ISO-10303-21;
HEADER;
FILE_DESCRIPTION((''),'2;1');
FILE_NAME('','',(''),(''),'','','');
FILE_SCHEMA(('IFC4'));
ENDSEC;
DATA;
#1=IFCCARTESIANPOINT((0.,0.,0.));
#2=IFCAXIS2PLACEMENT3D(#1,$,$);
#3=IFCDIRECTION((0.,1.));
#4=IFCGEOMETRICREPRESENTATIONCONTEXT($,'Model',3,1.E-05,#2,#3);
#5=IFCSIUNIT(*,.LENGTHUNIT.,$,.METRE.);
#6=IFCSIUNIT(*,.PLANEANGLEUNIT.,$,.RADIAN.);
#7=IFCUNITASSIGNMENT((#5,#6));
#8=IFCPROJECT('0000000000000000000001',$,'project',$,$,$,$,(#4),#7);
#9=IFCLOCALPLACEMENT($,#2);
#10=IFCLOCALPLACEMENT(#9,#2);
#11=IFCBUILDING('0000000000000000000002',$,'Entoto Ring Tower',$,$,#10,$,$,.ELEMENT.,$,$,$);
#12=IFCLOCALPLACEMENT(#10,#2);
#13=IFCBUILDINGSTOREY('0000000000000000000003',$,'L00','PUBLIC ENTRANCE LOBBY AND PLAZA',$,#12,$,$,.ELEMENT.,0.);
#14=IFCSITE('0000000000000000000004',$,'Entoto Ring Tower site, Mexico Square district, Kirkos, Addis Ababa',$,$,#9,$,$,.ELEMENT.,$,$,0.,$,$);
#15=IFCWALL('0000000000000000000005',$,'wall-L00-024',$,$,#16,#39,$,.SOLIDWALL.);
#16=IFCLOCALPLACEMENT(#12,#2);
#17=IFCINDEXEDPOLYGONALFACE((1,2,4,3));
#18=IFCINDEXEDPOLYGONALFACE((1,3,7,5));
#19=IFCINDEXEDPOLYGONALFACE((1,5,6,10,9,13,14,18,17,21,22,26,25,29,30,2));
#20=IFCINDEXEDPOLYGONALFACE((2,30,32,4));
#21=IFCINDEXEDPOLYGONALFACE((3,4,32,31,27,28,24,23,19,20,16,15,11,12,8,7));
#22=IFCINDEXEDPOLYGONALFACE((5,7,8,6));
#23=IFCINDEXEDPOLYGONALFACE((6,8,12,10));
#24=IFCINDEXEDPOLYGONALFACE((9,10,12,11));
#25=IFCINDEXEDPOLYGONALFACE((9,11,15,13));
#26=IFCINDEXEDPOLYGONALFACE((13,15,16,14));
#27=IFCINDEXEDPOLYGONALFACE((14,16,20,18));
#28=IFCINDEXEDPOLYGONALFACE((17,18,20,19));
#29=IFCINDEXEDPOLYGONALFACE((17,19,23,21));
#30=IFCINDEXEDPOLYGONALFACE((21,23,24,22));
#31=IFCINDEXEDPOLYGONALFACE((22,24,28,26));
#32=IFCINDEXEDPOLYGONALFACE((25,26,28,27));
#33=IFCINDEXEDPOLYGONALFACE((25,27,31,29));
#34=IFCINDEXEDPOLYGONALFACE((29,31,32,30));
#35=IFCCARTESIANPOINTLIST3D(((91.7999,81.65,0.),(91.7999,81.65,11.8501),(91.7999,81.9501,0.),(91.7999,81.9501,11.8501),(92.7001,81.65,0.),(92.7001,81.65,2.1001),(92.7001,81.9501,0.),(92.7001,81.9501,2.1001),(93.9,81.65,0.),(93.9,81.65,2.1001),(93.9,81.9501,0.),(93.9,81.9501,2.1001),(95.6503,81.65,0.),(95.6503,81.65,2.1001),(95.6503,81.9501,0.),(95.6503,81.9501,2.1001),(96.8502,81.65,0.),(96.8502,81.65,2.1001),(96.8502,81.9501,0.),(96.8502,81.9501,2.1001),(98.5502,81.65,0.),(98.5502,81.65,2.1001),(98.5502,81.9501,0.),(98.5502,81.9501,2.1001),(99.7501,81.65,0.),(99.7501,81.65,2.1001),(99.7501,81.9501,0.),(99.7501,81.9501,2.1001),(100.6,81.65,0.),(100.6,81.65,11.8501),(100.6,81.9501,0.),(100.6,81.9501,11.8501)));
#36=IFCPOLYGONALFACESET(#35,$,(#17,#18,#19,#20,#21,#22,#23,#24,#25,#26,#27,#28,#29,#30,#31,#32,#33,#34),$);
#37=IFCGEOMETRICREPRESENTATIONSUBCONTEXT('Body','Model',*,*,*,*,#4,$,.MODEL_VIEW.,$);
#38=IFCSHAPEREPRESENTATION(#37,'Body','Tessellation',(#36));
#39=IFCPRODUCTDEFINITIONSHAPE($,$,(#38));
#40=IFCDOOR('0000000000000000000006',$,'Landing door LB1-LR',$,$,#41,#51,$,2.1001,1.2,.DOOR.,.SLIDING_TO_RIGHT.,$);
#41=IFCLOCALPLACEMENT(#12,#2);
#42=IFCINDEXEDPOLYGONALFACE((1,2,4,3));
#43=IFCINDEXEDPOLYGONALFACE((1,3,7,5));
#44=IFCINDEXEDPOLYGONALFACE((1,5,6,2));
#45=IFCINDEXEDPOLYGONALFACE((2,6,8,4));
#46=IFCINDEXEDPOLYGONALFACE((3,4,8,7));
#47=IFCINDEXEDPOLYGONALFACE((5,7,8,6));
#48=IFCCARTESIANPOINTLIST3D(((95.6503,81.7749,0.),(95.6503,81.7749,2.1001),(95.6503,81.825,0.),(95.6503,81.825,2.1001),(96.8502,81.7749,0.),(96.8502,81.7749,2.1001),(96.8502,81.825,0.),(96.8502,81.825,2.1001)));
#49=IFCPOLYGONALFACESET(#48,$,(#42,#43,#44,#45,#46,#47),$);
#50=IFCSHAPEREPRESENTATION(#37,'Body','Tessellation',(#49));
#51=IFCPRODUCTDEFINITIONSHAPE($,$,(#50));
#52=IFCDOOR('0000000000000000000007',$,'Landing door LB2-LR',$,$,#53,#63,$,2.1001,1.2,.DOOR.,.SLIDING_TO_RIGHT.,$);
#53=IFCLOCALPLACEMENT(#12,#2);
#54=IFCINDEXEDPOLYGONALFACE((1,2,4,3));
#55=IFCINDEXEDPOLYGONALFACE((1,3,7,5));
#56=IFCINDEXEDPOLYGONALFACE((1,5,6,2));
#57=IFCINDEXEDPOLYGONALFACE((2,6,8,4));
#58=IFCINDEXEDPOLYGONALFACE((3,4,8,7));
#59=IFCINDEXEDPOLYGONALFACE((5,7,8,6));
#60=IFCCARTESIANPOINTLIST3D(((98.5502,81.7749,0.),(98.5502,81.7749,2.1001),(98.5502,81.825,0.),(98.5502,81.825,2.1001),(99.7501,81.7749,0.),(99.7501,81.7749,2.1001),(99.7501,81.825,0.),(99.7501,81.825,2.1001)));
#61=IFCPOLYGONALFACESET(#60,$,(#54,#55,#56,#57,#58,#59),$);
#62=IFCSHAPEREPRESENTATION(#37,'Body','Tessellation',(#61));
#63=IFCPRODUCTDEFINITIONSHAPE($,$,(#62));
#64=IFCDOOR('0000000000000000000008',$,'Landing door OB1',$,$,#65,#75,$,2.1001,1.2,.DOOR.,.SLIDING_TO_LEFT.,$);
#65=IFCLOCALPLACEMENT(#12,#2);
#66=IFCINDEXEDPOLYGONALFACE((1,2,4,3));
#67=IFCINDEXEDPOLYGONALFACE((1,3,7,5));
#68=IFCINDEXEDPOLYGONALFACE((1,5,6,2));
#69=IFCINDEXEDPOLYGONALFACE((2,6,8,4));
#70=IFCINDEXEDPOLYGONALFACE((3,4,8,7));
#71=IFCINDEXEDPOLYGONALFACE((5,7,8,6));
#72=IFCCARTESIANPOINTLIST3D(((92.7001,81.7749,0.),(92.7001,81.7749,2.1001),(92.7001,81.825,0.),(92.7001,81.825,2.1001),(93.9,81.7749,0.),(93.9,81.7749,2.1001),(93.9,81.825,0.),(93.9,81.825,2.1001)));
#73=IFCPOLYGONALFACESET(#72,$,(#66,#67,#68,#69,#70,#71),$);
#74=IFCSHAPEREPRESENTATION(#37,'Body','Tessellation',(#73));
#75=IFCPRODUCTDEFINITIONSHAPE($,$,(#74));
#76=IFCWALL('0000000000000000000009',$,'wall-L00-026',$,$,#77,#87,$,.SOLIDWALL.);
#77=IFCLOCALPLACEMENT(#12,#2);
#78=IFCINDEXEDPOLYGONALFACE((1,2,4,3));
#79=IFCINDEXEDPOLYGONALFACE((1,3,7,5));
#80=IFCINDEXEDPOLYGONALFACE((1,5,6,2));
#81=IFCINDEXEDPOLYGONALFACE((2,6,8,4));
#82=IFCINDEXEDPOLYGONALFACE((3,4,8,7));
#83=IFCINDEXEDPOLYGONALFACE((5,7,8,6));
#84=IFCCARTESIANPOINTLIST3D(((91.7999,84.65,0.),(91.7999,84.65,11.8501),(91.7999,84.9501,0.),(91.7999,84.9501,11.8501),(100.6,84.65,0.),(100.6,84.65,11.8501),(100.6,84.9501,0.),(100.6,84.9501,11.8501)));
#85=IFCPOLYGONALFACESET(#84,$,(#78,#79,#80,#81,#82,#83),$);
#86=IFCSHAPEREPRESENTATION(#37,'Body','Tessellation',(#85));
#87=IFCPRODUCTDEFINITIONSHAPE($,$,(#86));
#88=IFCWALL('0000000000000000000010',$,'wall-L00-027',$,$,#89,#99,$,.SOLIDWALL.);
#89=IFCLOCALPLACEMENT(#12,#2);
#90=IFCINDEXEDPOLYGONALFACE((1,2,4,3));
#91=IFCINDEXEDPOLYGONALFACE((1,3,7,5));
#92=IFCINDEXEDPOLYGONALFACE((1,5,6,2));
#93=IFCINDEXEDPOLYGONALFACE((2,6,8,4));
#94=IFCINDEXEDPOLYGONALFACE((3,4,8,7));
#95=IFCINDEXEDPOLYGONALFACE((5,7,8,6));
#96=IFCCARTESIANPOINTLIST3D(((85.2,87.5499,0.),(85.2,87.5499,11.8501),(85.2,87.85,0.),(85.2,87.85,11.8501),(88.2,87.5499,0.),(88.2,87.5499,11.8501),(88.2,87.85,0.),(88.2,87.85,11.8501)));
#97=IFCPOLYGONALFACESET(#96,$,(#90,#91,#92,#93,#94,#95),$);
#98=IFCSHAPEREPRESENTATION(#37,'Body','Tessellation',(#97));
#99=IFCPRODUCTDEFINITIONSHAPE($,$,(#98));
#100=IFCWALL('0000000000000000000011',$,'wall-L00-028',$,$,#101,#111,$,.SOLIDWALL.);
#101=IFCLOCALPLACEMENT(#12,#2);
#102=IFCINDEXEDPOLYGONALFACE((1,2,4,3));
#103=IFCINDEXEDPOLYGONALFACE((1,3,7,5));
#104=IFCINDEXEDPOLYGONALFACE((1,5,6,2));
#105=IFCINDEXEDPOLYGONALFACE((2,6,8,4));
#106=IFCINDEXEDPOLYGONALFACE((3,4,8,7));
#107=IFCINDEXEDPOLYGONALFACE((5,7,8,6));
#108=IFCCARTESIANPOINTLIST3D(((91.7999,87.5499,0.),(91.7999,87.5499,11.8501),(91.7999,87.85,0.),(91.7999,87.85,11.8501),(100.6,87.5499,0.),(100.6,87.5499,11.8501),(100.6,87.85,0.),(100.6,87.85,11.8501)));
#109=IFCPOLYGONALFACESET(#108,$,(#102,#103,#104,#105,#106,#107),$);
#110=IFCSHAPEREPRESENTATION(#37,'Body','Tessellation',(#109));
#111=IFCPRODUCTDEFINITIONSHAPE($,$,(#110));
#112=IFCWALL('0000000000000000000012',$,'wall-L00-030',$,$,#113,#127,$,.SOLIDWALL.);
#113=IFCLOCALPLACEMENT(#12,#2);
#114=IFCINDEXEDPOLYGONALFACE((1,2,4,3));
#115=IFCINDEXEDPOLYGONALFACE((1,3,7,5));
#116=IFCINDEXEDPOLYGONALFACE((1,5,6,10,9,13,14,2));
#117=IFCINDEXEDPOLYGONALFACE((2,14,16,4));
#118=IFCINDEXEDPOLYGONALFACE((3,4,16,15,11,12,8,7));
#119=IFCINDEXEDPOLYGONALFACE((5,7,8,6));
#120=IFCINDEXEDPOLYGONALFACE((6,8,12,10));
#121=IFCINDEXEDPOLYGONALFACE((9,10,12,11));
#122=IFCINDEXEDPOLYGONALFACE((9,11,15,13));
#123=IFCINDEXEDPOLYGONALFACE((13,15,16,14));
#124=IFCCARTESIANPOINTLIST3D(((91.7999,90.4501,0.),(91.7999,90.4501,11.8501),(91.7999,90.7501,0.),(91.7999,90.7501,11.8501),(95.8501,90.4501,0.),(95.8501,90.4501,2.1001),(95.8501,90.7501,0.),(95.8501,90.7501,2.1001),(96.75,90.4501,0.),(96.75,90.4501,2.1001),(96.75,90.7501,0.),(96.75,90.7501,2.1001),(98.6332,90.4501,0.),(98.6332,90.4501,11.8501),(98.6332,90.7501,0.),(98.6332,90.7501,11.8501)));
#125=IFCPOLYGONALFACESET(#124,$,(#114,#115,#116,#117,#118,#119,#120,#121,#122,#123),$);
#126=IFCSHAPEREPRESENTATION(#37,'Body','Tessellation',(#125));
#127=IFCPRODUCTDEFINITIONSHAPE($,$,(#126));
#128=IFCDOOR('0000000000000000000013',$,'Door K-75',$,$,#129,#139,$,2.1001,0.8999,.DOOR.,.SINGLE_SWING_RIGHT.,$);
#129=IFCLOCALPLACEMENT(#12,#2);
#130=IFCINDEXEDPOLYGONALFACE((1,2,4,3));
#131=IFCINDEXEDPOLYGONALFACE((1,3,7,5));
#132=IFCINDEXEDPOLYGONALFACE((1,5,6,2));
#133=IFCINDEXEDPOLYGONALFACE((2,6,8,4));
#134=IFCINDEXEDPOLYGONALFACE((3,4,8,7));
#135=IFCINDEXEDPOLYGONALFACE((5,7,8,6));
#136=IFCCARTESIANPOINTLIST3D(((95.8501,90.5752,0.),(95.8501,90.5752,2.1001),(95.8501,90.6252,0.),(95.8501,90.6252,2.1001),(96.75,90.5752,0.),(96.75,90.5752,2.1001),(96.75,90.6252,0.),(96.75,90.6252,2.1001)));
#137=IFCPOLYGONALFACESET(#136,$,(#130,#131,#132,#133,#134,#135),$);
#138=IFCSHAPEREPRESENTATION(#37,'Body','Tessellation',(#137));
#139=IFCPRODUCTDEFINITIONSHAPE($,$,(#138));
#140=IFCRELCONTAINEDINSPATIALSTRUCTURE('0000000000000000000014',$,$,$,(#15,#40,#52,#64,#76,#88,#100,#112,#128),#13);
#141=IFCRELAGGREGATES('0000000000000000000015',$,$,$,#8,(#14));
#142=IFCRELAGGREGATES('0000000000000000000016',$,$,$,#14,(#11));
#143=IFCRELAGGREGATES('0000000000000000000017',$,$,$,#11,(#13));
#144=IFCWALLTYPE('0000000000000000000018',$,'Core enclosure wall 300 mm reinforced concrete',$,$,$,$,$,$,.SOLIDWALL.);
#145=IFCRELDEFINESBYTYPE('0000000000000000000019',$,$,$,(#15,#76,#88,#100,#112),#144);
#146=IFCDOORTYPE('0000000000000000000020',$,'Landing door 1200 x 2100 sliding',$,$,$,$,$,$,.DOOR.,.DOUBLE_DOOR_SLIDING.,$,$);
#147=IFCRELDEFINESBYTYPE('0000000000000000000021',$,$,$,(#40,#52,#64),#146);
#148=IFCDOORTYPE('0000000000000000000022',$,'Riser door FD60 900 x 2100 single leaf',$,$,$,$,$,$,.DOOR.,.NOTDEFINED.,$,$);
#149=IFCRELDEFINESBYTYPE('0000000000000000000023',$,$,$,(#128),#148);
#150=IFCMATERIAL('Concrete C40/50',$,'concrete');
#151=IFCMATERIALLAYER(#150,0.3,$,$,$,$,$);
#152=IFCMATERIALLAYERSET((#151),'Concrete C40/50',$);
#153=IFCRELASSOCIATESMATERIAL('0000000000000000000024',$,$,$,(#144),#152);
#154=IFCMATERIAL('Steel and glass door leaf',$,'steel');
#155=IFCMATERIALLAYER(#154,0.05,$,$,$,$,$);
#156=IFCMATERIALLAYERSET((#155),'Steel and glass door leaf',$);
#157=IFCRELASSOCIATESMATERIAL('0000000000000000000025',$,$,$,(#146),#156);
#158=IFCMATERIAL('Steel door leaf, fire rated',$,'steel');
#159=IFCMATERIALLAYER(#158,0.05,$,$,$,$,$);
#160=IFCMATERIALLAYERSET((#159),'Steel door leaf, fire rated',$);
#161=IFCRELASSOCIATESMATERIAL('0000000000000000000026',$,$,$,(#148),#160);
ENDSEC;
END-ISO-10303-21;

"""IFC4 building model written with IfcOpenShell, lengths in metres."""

from ifc_helpers import new_model, si_unit, direction, frame, frame_2d, origin, place, context, subcontext, project, spatial, rectangle, extrude, material, layer, layer_set, type_object, element, fill, save


model = new_model("IFC4")

# Units and contexts
model_context = context("Model", 3, precision=1e-05, world=origin(), true_north=direction((0.0, 1.0)))
body_context = subcontext(model_context, "Body", "Model", "MODEL_VIEW")
ifc_project = project(units=[si_unit("LENGTHUNIT", "METRE"), si_unit("PLANEANGLEUNIT", "RADIAN")], contexts=[model_context])

# Site, building, storey
site_placement = place(None, origin())
site = spatial("IfcSite", under=ifc_project, at=site_placement, Name="Entoto Ring Tower site, Mexico Square district, Kirkos, Addis Ababa", CompositionType="ELEMENT", RefElevation=0.0)
building_placement = place(site_placement, origin())
building = spatial("IfcBuilding", under=site, at=building_placement, Name="Entoto Ring Tower", CompositionType="ELEMENT")
storey_placement = place(building_placement, origin())
storey = spatial("IfcBuildingStorey", under=building, at=storey_placement, Name="L00", Description="PUBLIC ENTRANCE LOBBY AND PLAZA", CompositionType="ELEMENT", Elevation=0.0)

# Shared definitions
ifc_material_1 = material(Name="Concrete C40/50", Category="concrete")
ifc_layer_1 = layer(ifc_material_1, 0.3)
ifc_layer_set_1 = layer_set([ifc_layer_1], Name="Concrete C40/50")
wall_type = type_object("IfcWallType", Name="Core enclosure wall 300 mm reinforced concrete", PredefinedType="SOLIDWALL", material=ifc_layer_set_1)

# Shared definitions
ifc_material_2 = material(Name="Steel and glass door leaf", Category="steel")
ifc_layer_2 = layer(ifc_material_2, 0.05)
ifc_layer_set_2 = layer_set([ifc_layer_2], Name="Steel and glass door leaf")
door_type_1 = type_object("IfcDoorType", Name="Landing door 1200 x 2100 sliding", OperationType="DOUBLE_DOOR_SLIDING", PredefinedType="DOOR", material=ifc_layer_set_2)

# Wall, openings, doors
wall_1_placement = place(storey_placement, frame((91.8, 81.8, 0.0), z_axis=(0.0, 0.0, 1.0), x_axis=(1.0, 0.0, 0.0)))
wall_1 = element("IfcWall", 1, at=wall_1_placement, inside=storey, type_object=wall_type, Name="wall-L00-024", PredefinedType="SOLIDWALL", context=body_context, shape_type="SweptSolid", body=[
    extrude(rectangle(XDim=8.8, YDim=0.3, at=frame_2d((4.3999, 0.0))), origin(), (0.0, 0.0, 1.0), 11.8501),
])
opening_1_placement = place(wall_1_placement, frame((3.8501, 0.0, 0.0)))
opening_1 = element("IfcOpeningElement", 2, at=opening_1_placement, cuts=wall_1, PredefinedType="OPENING", context=body_context, shape_type="SweptSolid", body=[
    extrude(rectangle(XDim=1.2, YDim=2.1001, at=frame_2d((0.6001, 1.05))), frame((0.0, 0.1602, 0.0), z_axis=(0.0, -1.0, 0.0), x_axis=(1.0, 0.0, 0.0)), (0.0, 0.0, 1.0), 0.3201),
])
opening_2_placement = place(wall_1_placement, frame((6.75, 0.0, 0.0)))
opening_2 = element("IfcOpeningElement", 3, at=opening_2_placement, cuts=wall_1, PredefinedType="OPENING", context=body_context, shape_type="SweptSolid", body=[
    extrude(rectangle(XDim=1.2, YDim=2.1001, at=frame_2d((0.6001, 1.05))), frame((0.0, 0.1602, 0.0), z_axis=(0.0, -1.0, 0.0), x_axis=(1.0, 0.0, 0.0)), (0.0, 0.0, 1.0), 0.3201),
])
opening_3_placement = place(wall_1_placement, frame((0.8999, 0.0, 0.0)))
opening_3 = element("IfcOpeningElement", 4, at=opening_3_placement, cuts=wall_1, PredefinedType="OPENING", context=body_context, shape_type="SweptSolid", body=[
    extrude(rectangle(XDim=1.2, YDim=2.1001, at=frame_2d((0.6001, 1.05))), frame((0.0, 0.1602, 0.0), z_axis=(0.0, -1.0, 0.0), x_axis=(1.0, 0.0, 0.0)), (0.0, 0.0, 1.0), 0.3201),
])
door_1_placement = place(opening_1_placement, origin())
door_1 = element("IfcDoor", 5, at=door_1_placement, inside=storey, type_object=door_type_1, Name="Landing door LB1-LR", OperationType="SLIDING_TO_RIGHT", OverallHeight=2.1001, OverallWidth=1.2, PredefinedType="DOOR", context=body_context, shape_type="SweptSolid", body=[
    extrude(rectangle(XDim=1.2, YDim=2.1001, at=frame_2d((0.6001, 1.05))), frame((0.0, 0.0249, 0.0), z_axis=(0.0, -1.0, 0.0), x_axis=(1.0, 0.0, 0.0)), (0.0, 0.0, 1.0), 0.05),
])
fill(opening_1, door_1)
door_2_placement = place(opening_2_placement, origin())
door_2 = element("IfcDoor", 6, at=door_2_placement, inside=storey, type_object=door_type_1, Name="Landing door LB2-LR", OperationType="SLIDING_TO_RIGHT", OverallHeight=2.1001, OverallWidth=1.2, PredefinedType="DOOR", context=body_context, shape_type="SweptSolid", body=[
    extrude(rectangle(XDim=1.2, YDim=2.1001, at=frame_2d((0.6001, 1.05))), frame((0.0, 0.0249, 0.0), z_axis=(0.0, -1.0, 0.0), x_axis=(1.0, 0.0, 0.0)), (0.0, 0.0, 1.0), 0.05),
])
fill(opening_2, door_2)
door_3_placement = place(opening_3_placement, origin())
door_3 = element("IfcDoor", 7, at=door_3_placement, inside=storey, type_object=door_type_1, Name="Landing door OB1", OperationType="SLIDING_TO_LEFT", OverallHeight=2.1001, OverallWidth=1.2, PredefinedType="DOOR", context=body_context, shape_type="SweptSolid", body=[
    extrude(rectangle(XDim=1.2, YDim=2.1001, at=frame_2d((0.6001, 1.05))), frame((0.0, 0.0249, 0.0), z_axis=(0.0, -1.0, 0.0), x_axis=(1.0, 0.0, 0.0)), (0.0, 0.0, 1.0), 0.05),
])
fill(opening_3, door_3)

# Walls
wall_2_placement = place(storey_placement, frame((91.8, 84.8, 0.0), z_axis=(0.0, 0.0, 1.0), x_axis=(1.0, 0.0, 0.0)))
element("IfcWall", 8, at=wall_2_placement, inside=storey, type_object=wall_type, Name="wall-L00-026", PredefinedType="SOLIDWALL", context=body_context, shape_type="SweptSolid", body=[
    extrude(rectangle(XDim=8.8, YDim=0.3, at=frame_2d((4.3999, 0.0))), origin(), (0.0, 0.0, 1.0), 11.8501),
])
wall_3_placement = place(storey_placement, frame((85.2, 87.7, 0.0), z_axis=(0.0, 0.0, 1.0), x_axis=(1.0, 0.0, 0.0)))
element("IfcWall", 9, at=wall_3_placement, inside=storey, type_object=wall_type, Name="wall-L00-027", PredefinedType="SOLIDWALL", context=body_context, shape_type="SweptSolid", body=[
    extrude(rectangle(XDim=3.0, YDim=0.3, at=frame_2d((1.5, 0.0))), origin(), (0.0, 0.0, 1.0), 11.8501),
])
wall_4_placement = place(storey_placement, frame((91.8, 87.7, 0.0), z_axis=(0.0, 0.0, 1.0), x_axis=(1.0, 0.0, 0.0)))
element("IfcWall", 10, at=wall_4_placement, inside=storey, type_object=wall_type, Name="wall-L00-028", PredefinedType="SOLIDWALL", context=body_context, shape_type="SweptSolid", body=[
    extrude(rectangle(XDim=8.8, YDim=0.3, at=frame_2d((4.3999, 0.0))), origin(), (0.0, 0.0, 1.0), 11.8501),
])

# Wall, opening, door
wall_5_placement = place(storey_placement, frame((91.8, 90.6001, 0.0), z_axis=(0.0, 0.0, 1.0), x_axis=(1.0, 0.0, 0.0)))
wall_5 = element("IfcWall", 11, at=wall_5_placement, inside=storey, type_object=wall_type, Name="wall-L00-030", PredefinedType="SOLIDWALL", context=body_context, shape_type="SweptSolid", body=[
    extrude(rectangle(XDim=6.8333, YDim=0.3, at=frame_2d((3.4165, 0.0))), origin(), (0.0, 0.0, 1.0), 11.8501),
])
opening_4_placement = place(wall_5_placement, frame((4.05, 0.0, 0.0)))
opening_4 = element("IfcOpeningElement", 12, at=opening_4_placement, cuts=wall_5, PredefinedType="OPENING", context=body_context, shape_type="SweptSolid", body=[
    extrude(rectangle(XDim=0.8999, YDim=2.1001, at=frame_2d((0.45, 1.05))), frame((0.0, 0.1602, 0.0), z_axis=(0.0, -1.0, 0.0), x_axis=(1.0, 0.0, 0.0)), (0.0, 0.0, 1.0), 0.3201),
])
ifc_material_3 = material(Name="Steel door leaf, fire rated", Category="steel")
ifc_layer_3 = layer(ifc_material_3, 0.05)
ifc_layer_set_3 = layer_set([ifc_layer_3], Name="Steel door leaf, fire rated")
door_type_2 = type_object("IfcDoorType", Name="Riser door FD60 900 x 2100 single leaf", OperationType="NOTDEFINED", PredefinedType="DOOR", material=ifc_layer_set_3)
door_4_placement = place(opening_4_placement, frame((0.8999, 0.0, 0.0), z_axis=(0.0, 0.0, 1.0), x_axis=(-1.0, 0.0, 0.0)))
door_4 = element("IfcDoor", 13, at=door_4_placement, inside=storey, type_object=door_type_2, Name="Door K-75", OperationType="SINGLE_SWING_RIGHT", OverallHeight=2.1001, OverallWidth=0.8999, PredefinedType="DOOR", context=body_context, shape_type="SweptSolid", body=[
    extrude(rectangle(XDim=0.8999, YDim=2.1001, at=frame_2d((0.45, 1.05))), frame((0.0, 0.0249, 0.0), z_axis=(0.0, -1.0, 0.0), x_axis=(1.0, 0.0, 0.0)), (0.0, 0.0, 1.0), 0.05),
])
fill(opening_4, door_4)

save(model, "model.ifc")
